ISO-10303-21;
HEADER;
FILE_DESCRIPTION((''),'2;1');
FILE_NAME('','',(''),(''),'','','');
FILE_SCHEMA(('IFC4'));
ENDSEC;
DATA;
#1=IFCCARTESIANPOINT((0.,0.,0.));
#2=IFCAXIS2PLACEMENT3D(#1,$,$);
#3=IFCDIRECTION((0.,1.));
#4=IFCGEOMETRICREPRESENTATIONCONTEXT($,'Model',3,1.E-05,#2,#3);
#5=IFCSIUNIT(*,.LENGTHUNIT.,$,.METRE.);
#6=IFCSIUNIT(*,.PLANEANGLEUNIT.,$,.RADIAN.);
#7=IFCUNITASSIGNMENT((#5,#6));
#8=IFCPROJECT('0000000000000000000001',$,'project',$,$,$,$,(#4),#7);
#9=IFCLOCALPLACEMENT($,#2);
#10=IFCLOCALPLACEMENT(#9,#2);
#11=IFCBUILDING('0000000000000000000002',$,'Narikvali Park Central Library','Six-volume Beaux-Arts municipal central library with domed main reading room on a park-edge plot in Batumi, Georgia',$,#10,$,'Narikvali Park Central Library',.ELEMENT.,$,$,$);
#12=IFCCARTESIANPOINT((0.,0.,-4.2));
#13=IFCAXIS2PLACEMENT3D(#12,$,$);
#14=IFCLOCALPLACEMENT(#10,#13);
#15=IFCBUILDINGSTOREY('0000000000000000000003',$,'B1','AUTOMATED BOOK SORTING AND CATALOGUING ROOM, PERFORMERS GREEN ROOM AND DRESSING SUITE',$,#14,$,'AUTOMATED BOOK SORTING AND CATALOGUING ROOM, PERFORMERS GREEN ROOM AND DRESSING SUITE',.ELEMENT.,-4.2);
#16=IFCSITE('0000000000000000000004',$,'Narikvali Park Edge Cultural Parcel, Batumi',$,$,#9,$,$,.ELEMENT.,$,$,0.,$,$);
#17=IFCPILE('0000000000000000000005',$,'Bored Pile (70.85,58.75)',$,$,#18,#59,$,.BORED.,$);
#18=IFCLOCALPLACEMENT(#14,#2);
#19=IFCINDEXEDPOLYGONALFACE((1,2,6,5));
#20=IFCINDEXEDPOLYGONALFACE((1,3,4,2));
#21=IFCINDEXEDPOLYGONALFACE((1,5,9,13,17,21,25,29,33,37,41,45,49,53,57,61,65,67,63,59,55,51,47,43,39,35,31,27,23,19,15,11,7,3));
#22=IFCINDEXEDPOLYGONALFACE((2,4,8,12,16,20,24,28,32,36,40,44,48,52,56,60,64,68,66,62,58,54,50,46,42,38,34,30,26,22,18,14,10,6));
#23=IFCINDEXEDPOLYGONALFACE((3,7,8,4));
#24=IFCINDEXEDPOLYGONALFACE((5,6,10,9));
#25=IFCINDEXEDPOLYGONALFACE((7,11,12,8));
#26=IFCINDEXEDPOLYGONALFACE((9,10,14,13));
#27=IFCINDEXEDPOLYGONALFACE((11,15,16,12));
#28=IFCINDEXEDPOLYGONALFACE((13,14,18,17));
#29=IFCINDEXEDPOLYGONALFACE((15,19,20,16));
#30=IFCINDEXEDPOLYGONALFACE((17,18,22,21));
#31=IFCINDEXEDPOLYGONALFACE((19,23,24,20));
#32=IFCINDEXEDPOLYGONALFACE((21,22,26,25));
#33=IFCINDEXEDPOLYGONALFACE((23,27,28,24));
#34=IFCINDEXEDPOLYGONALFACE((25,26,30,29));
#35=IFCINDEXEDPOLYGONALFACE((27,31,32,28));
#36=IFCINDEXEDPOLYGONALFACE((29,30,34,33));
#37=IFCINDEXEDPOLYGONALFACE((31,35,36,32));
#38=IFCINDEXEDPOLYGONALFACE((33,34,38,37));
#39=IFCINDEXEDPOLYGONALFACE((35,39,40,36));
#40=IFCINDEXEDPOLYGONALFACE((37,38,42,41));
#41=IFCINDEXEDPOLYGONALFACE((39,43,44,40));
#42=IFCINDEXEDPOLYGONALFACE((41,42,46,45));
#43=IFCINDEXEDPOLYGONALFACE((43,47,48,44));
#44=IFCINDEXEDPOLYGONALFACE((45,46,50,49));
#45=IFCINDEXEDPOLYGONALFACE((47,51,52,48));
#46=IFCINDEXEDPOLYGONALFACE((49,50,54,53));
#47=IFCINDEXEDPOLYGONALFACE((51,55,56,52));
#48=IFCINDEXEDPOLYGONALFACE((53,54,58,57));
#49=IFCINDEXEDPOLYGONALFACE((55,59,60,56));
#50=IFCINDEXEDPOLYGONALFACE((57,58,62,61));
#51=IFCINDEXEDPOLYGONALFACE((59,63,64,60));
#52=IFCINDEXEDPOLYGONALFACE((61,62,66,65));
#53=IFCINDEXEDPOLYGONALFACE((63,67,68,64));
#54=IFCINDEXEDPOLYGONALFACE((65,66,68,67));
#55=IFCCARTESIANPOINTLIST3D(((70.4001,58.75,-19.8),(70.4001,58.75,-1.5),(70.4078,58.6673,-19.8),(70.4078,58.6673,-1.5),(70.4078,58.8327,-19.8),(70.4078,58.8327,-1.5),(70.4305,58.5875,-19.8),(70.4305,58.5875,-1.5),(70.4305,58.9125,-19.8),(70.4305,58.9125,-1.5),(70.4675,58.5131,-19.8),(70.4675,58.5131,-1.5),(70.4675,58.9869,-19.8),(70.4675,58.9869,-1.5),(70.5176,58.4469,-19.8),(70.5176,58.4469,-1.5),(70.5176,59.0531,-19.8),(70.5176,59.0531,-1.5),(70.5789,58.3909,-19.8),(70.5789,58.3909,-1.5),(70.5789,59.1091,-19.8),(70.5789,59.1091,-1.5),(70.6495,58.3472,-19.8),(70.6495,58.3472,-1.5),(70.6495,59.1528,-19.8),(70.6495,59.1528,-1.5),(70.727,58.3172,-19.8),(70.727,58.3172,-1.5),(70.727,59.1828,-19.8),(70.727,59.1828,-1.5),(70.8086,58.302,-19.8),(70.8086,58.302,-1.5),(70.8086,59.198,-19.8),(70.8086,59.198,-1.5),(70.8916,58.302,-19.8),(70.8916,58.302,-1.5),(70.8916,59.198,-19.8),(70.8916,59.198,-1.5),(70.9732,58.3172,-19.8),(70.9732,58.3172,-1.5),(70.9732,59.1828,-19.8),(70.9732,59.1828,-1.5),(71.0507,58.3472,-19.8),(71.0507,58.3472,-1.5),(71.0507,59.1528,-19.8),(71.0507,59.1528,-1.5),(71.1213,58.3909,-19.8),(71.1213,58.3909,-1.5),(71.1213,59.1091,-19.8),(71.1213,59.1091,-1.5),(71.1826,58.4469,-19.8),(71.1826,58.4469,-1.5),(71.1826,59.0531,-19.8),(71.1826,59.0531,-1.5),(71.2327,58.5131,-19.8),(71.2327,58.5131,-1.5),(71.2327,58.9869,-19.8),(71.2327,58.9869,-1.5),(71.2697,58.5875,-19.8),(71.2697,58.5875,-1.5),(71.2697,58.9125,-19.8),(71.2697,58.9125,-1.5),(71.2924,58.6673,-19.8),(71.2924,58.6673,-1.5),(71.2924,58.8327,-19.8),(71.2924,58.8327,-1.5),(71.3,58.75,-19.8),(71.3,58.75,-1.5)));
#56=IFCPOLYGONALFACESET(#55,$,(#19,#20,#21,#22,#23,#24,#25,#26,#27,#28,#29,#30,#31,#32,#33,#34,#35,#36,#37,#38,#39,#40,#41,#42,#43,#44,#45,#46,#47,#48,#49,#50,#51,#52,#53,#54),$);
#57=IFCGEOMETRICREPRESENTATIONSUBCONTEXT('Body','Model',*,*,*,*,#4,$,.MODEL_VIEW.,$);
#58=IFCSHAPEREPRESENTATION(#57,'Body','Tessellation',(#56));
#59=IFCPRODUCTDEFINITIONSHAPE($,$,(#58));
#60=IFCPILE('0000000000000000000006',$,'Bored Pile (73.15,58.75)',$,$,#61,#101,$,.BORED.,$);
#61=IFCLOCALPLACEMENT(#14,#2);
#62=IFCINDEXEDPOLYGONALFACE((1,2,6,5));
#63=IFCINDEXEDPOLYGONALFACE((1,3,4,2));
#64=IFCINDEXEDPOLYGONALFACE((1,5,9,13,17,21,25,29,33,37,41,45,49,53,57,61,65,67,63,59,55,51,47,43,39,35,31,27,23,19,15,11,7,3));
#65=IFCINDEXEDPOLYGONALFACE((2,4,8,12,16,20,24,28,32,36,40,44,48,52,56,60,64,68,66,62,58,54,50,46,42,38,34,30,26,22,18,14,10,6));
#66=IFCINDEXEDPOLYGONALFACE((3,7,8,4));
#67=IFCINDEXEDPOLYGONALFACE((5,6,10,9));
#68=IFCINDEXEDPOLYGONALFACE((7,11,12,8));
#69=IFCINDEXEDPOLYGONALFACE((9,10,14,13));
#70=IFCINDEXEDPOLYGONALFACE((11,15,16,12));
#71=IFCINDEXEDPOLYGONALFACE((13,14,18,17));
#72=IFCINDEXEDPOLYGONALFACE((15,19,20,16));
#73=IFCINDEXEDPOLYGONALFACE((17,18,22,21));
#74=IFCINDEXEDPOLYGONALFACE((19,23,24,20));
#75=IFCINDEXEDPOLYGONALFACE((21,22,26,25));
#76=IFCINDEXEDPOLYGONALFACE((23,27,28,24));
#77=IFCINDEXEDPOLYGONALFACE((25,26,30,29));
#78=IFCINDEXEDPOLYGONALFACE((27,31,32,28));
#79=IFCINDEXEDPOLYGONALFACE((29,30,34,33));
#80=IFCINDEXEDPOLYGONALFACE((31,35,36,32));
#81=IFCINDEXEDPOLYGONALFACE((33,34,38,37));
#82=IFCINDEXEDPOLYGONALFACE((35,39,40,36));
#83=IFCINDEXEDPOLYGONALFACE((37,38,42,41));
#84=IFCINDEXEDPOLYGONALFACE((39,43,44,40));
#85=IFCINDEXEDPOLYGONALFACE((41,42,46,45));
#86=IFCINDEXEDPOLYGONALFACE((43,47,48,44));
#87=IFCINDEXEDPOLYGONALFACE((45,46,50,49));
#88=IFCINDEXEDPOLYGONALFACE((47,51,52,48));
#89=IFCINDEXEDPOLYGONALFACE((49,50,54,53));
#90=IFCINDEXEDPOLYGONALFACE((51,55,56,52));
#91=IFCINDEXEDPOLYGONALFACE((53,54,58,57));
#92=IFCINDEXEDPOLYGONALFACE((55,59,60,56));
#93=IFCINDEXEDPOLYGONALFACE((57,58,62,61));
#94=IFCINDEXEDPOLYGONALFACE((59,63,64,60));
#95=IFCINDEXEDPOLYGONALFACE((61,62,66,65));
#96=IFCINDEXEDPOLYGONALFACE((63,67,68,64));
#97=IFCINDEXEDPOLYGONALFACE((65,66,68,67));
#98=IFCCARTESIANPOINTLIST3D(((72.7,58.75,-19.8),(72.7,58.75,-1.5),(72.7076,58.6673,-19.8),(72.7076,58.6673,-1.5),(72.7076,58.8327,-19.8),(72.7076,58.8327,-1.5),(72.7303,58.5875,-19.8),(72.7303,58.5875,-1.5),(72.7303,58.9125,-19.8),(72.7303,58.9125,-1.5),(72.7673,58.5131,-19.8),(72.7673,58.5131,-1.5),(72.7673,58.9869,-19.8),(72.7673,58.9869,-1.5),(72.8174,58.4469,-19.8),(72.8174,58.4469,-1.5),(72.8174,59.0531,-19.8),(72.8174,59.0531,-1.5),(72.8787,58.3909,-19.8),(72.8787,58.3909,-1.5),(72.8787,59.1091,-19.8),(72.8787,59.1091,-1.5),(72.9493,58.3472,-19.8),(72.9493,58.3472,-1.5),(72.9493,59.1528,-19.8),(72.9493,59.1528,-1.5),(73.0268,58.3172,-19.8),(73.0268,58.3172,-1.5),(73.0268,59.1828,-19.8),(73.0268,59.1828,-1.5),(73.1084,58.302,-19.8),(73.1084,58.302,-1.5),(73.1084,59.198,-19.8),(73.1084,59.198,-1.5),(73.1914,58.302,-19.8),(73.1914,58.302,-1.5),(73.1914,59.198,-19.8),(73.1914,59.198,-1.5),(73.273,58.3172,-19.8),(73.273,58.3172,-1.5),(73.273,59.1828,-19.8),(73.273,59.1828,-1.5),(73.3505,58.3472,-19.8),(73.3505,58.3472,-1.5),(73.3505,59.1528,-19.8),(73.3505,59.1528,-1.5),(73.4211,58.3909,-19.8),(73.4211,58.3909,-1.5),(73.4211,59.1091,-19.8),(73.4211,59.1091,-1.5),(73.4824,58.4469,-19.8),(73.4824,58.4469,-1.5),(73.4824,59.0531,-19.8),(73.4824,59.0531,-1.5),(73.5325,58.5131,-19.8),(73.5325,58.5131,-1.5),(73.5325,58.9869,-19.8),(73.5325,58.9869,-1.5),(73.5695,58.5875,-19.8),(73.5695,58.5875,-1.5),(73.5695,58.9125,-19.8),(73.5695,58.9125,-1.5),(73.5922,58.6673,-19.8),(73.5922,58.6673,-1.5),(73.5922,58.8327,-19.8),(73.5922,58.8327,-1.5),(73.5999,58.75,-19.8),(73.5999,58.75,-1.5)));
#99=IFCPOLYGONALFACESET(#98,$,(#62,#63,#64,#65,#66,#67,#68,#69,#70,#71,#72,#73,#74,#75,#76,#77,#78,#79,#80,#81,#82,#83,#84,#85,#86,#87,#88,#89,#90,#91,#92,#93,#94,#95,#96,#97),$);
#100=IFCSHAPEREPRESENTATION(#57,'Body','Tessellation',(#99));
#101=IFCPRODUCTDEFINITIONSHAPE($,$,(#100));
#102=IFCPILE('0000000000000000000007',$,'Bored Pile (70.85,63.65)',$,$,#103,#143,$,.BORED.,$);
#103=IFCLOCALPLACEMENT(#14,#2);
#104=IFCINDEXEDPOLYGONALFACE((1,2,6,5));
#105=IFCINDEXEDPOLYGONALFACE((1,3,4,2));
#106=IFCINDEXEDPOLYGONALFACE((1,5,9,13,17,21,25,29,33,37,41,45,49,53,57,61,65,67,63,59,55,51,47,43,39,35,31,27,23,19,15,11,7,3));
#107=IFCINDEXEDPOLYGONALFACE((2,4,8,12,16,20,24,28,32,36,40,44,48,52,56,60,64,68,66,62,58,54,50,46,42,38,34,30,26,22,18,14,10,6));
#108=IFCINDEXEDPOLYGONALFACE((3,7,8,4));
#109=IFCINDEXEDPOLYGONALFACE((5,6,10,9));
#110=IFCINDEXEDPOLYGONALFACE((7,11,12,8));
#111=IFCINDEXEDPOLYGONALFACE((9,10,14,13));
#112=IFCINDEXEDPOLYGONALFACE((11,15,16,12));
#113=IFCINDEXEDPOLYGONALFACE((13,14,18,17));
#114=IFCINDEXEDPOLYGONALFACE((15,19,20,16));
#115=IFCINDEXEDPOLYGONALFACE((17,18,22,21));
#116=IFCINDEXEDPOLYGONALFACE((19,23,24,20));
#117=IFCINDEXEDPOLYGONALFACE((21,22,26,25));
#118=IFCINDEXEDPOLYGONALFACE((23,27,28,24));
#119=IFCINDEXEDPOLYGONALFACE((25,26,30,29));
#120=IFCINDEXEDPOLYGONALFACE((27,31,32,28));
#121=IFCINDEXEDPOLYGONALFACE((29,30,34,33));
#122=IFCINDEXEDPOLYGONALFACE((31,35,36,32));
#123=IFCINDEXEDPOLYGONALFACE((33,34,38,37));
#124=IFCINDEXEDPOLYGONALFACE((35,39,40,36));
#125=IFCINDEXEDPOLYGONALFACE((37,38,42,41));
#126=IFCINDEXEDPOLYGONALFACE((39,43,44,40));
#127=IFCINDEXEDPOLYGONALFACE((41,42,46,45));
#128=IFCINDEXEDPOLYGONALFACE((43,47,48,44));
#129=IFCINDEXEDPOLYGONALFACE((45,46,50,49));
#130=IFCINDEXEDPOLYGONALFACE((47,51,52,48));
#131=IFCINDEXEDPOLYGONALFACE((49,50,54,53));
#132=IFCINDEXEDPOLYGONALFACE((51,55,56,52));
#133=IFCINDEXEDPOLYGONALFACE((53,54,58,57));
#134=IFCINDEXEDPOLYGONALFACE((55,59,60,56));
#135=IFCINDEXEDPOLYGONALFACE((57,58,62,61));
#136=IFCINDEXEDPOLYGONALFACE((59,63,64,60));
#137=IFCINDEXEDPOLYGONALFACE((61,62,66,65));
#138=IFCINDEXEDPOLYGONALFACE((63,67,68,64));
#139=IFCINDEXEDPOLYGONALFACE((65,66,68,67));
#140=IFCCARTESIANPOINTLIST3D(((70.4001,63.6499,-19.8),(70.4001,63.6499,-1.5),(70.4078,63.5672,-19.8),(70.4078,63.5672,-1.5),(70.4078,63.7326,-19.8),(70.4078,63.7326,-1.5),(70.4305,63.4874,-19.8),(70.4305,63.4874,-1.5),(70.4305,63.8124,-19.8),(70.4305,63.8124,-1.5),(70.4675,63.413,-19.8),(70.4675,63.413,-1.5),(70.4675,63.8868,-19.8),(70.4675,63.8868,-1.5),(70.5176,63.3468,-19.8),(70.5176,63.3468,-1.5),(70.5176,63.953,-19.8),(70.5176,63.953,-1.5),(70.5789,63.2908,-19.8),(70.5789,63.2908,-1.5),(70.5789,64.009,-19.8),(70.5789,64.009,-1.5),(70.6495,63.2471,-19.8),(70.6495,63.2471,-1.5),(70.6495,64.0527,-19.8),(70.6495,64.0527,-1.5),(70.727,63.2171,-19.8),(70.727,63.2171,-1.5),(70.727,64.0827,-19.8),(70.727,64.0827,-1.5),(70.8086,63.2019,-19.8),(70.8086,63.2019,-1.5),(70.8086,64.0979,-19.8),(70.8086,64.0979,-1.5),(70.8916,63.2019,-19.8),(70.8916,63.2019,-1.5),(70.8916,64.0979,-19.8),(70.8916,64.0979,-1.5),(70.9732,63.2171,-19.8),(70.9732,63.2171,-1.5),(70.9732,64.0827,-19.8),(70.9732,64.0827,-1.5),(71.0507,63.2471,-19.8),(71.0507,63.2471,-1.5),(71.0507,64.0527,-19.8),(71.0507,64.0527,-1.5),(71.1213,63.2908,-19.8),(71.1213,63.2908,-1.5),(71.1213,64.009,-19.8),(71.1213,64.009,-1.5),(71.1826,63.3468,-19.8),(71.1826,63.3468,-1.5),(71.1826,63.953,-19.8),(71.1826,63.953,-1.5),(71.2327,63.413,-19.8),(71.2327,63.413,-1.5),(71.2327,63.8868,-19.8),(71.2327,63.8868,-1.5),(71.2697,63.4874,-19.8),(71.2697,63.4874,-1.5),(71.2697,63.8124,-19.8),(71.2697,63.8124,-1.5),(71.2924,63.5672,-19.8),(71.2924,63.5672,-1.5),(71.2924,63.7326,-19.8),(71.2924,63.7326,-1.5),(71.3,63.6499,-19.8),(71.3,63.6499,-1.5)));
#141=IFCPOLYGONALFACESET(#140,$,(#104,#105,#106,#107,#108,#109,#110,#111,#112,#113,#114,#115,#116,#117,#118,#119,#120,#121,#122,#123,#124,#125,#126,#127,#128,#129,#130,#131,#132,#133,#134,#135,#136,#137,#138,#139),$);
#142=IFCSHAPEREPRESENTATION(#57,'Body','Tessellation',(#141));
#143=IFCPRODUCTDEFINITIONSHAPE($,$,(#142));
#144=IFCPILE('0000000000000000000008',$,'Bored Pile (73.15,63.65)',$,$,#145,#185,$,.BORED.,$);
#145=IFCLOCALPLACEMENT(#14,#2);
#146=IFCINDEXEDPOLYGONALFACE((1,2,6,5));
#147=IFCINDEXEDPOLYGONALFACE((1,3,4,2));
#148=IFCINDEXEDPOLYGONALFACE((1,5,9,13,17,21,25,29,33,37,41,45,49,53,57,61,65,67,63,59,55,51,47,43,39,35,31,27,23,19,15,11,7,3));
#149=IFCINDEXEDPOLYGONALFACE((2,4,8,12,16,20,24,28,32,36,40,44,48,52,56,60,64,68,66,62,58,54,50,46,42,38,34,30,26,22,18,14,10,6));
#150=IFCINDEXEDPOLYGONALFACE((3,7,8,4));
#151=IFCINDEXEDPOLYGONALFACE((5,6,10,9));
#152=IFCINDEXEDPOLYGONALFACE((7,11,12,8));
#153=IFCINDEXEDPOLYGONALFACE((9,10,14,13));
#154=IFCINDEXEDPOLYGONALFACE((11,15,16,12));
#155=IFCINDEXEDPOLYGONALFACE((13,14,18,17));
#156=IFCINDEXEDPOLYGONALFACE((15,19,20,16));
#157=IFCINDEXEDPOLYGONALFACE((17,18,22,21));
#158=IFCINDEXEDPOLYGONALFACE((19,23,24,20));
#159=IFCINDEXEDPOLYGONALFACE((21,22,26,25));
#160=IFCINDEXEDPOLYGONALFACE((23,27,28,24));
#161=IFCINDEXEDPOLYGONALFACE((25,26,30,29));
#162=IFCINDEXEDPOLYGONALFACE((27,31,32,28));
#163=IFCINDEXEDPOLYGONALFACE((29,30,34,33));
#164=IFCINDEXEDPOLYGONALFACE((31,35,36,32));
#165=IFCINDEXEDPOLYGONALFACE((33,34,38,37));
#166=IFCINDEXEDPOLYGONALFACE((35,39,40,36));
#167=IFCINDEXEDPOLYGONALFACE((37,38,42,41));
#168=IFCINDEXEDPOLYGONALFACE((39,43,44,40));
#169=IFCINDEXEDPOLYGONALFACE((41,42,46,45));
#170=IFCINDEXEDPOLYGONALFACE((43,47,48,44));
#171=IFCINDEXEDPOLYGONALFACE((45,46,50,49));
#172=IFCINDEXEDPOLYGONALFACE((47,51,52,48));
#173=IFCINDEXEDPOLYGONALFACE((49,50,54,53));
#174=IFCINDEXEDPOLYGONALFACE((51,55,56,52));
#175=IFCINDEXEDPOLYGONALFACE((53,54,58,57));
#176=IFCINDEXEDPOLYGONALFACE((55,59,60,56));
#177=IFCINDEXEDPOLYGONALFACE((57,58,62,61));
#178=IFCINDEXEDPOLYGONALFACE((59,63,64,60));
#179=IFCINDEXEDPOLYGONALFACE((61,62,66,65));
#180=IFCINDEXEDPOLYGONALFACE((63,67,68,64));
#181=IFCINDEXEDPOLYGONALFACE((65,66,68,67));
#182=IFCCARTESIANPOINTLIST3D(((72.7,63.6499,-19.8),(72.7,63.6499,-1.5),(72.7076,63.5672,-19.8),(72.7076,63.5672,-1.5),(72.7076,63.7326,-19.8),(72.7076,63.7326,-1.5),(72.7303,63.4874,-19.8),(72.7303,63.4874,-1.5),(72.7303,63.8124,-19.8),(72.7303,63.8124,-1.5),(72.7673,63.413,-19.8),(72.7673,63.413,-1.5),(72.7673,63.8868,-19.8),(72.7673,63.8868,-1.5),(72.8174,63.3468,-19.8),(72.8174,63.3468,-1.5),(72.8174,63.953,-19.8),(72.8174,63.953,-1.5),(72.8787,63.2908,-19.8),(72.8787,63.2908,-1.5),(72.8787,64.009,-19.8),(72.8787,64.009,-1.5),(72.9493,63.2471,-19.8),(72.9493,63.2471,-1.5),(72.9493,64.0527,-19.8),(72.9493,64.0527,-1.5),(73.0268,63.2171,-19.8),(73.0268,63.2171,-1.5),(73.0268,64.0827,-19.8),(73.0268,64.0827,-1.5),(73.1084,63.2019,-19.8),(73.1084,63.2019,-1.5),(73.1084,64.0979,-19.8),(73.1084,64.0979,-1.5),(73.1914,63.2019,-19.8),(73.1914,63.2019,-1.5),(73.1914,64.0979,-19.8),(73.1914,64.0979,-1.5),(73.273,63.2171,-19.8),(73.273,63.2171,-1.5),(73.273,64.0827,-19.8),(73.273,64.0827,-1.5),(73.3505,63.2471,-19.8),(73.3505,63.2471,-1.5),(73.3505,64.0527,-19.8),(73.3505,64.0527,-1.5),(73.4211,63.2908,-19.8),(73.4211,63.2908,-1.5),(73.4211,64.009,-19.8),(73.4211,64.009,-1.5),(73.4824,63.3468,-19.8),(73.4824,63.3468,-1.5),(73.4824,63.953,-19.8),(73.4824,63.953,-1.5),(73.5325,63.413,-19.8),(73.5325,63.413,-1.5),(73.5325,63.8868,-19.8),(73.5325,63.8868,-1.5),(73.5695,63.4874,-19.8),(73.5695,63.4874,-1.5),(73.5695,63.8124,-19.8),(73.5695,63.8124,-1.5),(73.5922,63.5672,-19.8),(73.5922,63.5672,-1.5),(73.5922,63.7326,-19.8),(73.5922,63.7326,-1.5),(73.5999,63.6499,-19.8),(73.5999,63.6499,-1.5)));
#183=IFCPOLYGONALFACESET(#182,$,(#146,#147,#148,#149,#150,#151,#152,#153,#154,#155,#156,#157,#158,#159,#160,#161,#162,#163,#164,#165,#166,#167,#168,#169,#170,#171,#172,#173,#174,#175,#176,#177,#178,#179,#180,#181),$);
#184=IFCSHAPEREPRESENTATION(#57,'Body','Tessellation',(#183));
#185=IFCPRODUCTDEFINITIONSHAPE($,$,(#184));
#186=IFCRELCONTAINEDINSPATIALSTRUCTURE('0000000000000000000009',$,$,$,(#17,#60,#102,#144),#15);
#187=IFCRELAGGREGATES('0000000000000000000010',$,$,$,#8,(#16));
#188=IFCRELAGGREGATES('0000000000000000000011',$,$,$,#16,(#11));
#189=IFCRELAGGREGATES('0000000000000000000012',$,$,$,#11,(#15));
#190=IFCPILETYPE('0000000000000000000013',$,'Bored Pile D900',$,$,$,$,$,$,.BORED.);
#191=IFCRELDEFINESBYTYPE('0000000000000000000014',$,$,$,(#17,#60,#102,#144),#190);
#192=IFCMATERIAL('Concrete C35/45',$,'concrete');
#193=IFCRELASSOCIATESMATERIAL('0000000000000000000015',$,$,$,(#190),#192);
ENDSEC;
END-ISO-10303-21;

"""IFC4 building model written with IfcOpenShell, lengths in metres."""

from ifc_helpers import new_model, si_unit, direction, frame, origin, origin_2d, place, context, subcontext, project, spatial, circle, extrude, material, material_profile, profile_set, type_object, element, save


model = new_model("IFC4")

# Units and contexts
model_context = context("Model", 3, precision=1e-05, world=origin(), true_north=direction((0.0, 1.0)))
body_context = subcontext(model_context, "Body", "Model", "MODEL_VIEW")
ifc_project = project(units=[si_unit("LENGTHUNIT", "METRE"), si_unit("PLANEANGLEUNIT", "RADIAN")], contexts=[model_context])

# Site, building, storey
site_placement = place(None, origin())
site = spatial("IfcSite", under=ifc_project, at=site_placement, Name="Narikvali Park Edge Cultural Parcel, Batumi", CompositionType="ELEMENT", RefElevation=0.0)
building_placement = place(site_placement, origin())
building = spatial("IfcBuilding", under=site, at=building_placement, Name="Narikvali Park Central Library", Description="Six-volume Beaux-Arts municipal central library with domed main reading room on a park-edge plot in Batumi, Georgia", LongName="Narikvali Park Central Library", CompositionType="ELEMENT")
storey_placement = place(building_placement, frame((0.0, 0.0, -4.2)))
storey = spatial("IfcBuildingStorey", under=building, at=storey_placement, Name="B1", Description="AUTOMATED BOOK SORTING AND CATALOGUING ROOM, PERFORMERS GREEN ROOM AND DRESSING SUITE", LongName="AUTOMATED BOOK SORTING AND CATALOGUING ROOM, PERFORMERS GREEN ROOM AND DRESSING SUITE", CompositionType="ELEMENT", Elevation=-4.2)

# Piles
ifc_material_1 = material(Name="Concrete C35/45", Category="concrete")
ifc_material_profile_1 = material_profile(ifc_material_1, circle(Radius=0.45, at=origin_2d()), Name="PILE D900")
ifc_profile_set_1 = profile_set([ifc_material_profile_1], Name="Concrete C35/45")
pile_type = type_object("IfcPileType", Name="Bored Pile D900", PredefinedType="BORED", material=ifc_profile_set_1)
for number, where, z_axis, x_axis, name in (
    (1, (70.8501, 58.75, -1.5), (0.0, 0.0, -1.0), (1.0, 0.0, 0.0), "Bored Pile (70.85,58.75)"),
    (2, (73.1499, 58.75, -1.5), (0.0, 0.0, -1.0), (1.0, 0.0, 0.0), "Bored Pile (73.15,58.75)"),
    (3, (70.8501, 63.6499, -1.5), (0.0, 0.0, -1.0), (1.0, 0.0, 0.0), "Bored Pile (70.85,63.65)"),
    (4, (73.1499, 63.6499, -1.5), (0.0, 0.0, -1.0), (1.0, 0.0, 0.0), "Bored Pile (73.15,63.65)"),
):
    element("IfcPile", number, at=place(storey_placement, frame(where, z_axis=z_axis, x_axis=x_axis)), inside=storey, type_object=pile_type, Name=name, PredefinedType="BORED", context=body_context, shape_type="SweptSolid", body=[
        extrude(circle(Radius=0.45, at=origin_2d()), origin(), (0.0, 0.0, 1.0), 18.3),
    ])

save(model, "model.ifc")
